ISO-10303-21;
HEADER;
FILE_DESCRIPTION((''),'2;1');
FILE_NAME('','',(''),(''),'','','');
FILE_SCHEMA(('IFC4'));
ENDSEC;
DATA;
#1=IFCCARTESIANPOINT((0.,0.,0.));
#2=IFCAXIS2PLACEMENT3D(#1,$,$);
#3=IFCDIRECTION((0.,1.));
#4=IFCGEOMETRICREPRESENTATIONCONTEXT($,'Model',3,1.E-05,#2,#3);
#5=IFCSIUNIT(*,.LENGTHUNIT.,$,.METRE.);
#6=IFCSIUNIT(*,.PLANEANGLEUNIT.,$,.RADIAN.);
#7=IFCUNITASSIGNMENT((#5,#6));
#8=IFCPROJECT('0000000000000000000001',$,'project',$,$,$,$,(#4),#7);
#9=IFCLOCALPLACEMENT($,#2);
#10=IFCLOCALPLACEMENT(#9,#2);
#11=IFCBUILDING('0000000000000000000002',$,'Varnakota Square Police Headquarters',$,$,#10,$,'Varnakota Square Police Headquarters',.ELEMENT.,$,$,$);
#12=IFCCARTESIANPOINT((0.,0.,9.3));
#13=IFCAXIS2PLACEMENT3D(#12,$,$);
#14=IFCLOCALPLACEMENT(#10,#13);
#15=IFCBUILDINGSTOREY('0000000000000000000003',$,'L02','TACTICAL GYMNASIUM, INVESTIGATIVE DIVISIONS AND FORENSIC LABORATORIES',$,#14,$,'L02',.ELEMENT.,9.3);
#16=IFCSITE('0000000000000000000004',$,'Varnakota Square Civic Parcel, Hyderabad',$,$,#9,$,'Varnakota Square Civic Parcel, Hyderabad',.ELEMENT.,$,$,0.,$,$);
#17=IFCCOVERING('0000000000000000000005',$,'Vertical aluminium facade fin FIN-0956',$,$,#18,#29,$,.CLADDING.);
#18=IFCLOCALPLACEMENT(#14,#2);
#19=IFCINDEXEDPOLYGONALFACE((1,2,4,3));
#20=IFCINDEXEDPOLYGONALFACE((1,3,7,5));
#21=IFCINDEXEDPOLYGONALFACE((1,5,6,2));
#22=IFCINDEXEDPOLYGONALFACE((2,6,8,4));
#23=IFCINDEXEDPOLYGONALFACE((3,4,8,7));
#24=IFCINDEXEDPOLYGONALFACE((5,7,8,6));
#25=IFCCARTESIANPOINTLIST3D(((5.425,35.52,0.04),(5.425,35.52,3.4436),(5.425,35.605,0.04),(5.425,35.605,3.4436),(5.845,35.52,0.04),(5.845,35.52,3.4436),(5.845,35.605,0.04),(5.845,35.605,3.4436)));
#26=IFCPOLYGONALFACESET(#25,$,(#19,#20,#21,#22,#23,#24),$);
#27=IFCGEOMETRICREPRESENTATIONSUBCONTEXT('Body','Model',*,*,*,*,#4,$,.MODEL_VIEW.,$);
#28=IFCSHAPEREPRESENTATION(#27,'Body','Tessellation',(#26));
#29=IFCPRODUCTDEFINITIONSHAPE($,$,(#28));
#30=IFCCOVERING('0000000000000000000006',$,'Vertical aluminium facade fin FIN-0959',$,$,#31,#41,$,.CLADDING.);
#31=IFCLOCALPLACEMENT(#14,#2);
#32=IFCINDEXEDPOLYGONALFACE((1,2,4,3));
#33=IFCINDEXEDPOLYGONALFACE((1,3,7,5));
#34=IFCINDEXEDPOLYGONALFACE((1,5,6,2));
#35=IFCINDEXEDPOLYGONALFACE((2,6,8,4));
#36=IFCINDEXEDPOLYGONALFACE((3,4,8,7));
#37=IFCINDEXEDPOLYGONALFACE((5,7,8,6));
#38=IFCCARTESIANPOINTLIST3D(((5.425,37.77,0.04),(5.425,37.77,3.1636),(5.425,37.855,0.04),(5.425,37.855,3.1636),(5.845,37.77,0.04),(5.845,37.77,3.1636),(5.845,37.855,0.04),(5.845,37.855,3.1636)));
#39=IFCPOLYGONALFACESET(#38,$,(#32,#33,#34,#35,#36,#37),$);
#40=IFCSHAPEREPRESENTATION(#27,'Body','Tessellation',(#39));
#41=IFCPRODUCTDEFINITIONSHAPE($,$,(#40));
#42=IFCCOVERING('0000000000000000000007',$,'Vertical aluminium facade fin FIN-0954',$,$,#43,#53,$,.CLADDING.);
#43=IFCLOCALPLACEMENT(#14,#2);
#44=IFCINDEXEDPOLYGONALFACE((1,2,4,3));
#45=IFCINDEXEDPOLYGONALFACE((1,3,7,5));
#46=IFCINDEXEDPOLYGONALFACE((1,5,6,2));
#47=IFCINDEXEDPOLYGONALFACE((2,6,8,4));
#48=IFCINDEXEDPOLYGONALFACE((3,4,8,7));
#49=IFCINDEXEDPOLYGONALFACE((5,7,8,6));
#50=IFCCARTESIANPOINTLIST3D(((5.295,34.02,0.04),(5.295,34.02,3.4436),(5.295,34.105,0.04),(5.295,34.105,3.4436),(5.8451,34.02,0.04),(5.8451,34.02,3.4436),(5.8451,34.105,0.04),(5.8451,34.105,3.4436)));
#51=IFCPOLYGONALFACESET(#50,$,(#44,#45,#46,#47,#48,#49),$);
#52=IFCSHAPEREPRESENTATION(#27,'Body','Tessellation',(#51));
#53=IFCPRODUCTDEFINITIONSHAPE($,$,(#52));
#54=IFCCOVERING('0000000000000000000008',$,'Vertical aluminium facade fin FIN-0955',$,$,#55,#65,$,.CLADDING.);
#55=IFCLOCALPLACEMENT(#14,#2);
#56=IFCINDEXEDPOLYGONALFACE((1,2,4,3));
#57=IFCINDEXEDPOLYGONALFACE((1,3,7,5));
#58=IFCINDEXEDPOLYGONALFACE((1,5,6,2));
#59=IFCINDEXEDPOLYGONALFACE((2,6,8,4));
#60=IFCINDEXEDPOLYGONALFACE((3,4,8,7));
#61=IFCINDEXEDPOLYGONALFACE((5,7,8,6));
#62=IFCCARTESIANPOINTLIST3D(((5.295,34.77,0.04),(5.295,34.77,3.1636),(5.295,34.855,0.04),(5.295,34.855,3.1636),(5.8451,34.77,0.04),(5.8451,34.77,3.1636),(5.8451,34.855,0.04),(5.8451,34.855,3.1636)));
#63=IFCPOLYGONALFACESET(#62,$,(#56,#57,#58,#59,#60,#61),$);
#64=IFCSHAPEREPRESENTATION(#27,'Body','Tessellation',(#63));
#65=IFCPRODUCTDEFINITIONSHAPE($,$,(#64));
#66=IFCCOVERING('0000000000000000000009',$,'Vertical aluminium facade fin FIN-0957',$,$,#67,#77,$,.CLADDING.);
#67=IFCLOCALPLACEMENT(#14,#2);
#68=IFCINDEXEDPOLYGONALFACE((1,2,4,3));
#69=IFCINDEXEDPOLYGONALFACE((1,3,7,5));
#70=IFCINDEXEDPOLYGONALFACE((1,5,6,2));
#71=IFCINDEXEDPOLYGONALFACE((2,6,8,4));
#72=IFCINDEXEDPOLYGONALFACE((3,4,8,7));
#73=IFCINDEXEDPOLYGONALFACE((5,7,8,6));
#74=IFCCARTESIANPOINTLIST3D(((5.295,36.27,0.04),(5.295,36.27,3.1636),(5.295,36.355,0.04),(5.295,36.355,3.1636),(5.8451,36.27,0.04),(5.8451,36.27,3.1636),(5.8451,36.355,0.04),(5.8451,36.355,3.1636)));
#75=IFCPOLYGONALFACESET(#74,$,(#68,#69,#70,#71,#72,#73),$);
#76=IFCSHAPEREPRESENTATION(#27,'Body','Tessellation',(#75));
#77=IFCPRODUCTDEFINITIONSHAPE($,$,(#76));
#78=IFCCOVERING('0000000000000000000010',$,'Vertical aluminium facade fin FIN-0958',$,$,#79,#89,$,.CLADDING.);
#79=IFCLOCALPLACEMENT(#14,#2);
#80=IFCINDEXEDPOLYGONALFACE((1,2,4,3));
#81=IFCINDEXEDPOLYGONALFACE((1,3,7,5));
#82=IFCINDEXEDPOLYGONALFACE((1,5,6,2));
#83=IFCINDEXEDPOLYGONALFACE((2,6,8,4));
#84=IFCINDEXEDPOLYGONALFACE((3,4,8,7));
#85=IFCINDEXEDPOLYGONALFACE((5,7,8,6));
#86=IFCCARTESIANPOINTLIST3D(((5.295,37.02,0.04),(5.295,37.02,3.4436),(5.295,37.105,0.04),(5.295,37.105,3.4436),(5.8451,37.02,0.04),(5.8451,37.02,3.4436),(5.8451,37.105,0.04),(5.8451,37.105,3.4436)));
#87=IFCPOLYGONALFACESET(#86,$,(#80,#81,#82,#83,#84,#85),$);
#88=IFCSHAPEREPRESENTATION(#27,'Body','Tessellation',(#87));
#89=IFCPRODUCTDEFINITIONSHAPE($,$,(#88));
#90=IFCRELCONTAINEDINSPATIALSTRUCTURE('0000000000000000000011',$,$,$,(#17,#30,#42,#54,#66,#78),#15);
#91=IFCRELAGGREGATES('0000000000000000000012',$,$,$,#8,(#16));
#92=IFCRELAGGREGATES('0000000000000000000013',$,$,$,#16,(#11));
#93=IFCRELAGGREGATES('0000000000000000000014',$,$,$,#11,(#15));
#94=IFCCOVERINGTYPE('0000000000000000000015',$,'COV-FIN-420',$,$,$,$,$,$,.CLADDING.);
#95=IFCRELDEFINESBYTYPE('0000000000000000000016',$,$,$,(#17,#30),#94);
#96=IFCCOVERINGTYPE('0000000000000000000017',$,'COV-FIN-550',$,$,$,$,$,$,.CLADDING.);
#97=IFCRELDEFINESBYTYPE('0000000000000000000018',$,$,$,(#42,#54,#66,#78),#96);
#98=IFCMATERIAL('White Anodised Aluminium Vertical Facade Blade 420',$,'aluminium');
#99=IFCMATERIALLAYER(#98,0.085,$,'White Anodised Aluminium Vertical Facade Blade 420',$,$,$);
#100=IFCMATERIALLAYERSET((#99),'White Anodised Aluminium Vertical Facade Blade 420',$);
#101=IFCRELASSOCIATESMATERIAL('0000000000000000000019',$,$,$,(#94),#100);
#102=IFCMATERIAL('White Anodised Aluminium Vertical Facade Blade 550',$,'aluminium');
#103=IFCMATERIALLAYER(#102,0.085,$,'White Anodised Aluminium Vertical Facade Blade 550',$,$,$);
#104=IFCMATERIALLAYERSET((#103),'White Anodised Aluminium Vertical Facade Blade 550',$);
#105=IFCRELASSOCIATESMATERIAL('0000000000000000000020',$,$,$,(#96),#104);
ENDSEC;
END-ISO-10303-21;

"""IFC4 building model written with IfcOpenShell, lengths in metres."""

from ifc_helpers import new_model, si_unit, direction, frame, origin, origin_2d, place, context, subcontext, project, spatial, rectangle, extrude, material, layer, layer_set, type_object, element, save


model = new_model("IFC4")

# Units and contexts
model_context = context("Model", 3, precision=1e-05, world=origin(), true_north=direction((0.0, 1.0)))
body_context = subcontext(model_context, "Body", "Model", "MODEL_VIEW")
ifc_project = project(units=[si_unit("LENGTHUNIT", "METRE"), si_unit("PLANEANGLEUNIT", "RADIAN")], contexts=[model_context])

# Site, building, storey
site_placement = place(None, origin())
site = spatial("IfcSite", under=ifc_project, at=site_placement, Name="Varnakota Square Civic Parcel, Hyderabad", LongName="Varnakota Square Civic Parcel, Hyderabad", CompositionType="ELEMENT", RefElevation=0.0)
building_placement = place(site_placement, origin())
building = spatial("IfcBuilding", under=site, at=building_placement, Name="Varnakota Square Police Headquarters", LongName="Varnakota Square Police Headquarters", CompositionType="ELEMENT")
storey_placement = place(building_placement, frame((0.0, 0.0, 9.3)))
storey = spatial("IfcBuildingStorey", under=building, at=storey_placement, Name="L02", Description="TACTICAL GYMNASIUM, INVESTIGATIVE DIVISIONS AND FORENSIC LABORATORIES", LongName="L02", CompositionType="ELEMENT", Elevation=9.3)

# Coverings
ifc_material_1 = material(Name="White Anodised Aluminium Vertical Facade Blade 420", Category="aluminium")
ifc_layer_1 = layer(ifc_material_1, 0.085, Name="White Anodised Aluminium Vertical Facade Blade 420")
ifc_layer_set_1 = layer_set([ifc_layer_1], Name="White Anodised Aluminium Vertical Facade Blade 420")
covering_type_1 = type_object("IfcCoveringType", Name="COV-FIN-420", PredefinedType="CLADDING", material=ifc_layer_set_1)
covering_1_placement = place(storey_placement, frame((5.635, 35.5625, 0.04), z_axis=(0.0, 0.0, 1.0), x_axis=(0.0, 1.0, 0.0)))
element("IfcCovering", 1, at=covering_1_placement, inside=storey, type_object=covering_type_1, Name="Vertical aluminium facade fin FIN-0956", PredefinedType="CLADDING", context=body_context, shape_type="SweptSolid", body=[
    extrude(rectangle(XDim=0.085, YDim=0.4199, at=origin_2d()), origin(), (0.0, 0.0, 1.0), 3.4036),
])
covering_2_placement = place(storey_placement, frame((5.635, 37.8125, 0.04), z_axis=(0.0, 0.0, 1.0), x_axis=(0.0, 1.0, 0.0)))
element("IfcCovering", 2, at=covering_2_placement, inside=storey, type_object=covering_type_1, Name="Vertical aluminium facade fin FIN-0959", PredefinedType="CLADDING", context=body_context, shape_type="SweptSolid", body=[
    extrude(rectangle(XDim=0.085, YDim=0.4199, at=origin_2d()), origin(), (0.0, 0.0, 1.0), 3.1235),
])
ifc_material_2 = material(Name="White Anodised Aluminium Vertical Facade Blade 550", Category="aluminium")
ifc_layer_2 = layer(ifc_material_2, 0.085, Name="White Anodised Aluminium Vertical Facade Blade 550")
ifc_layer_set_2 = layer_set([ifc_layer_2], Name="White Anodised Aluminium Vertical Facade Blade 550")
covering_type_2 = type_object("IfcCoveringType", Name="COV-FIN-550", PredefinedType="CLADDING", material=ifc_layer_set_2)
covering_3_placement = place(storey_placement, frame((5.5701, 34.0625, 0.04), z_axis=(0.0, 0.0, 1.0), x_axis=(0.0, 1.0, 0.0)))
element("IfcCovering", 3, at=covering_3_placement, inside=storey, type_object=covering_type_2, Name="Vertical aluminium facade fin FIN-0954", PredefinedType="CLADDING", context=body_context, shape_type="SweptSolid", body=[
    extrude(rectangle(XDim=0.085, YDim=0.55, at=origin_2d()), origin(), (0.0, 0.0, 1.0), 3.4036),
])
for number, where, z_axis, x_axis, name in (
    (4, (5.5701, 34.8125, 0.04), (0.0, 0.0, 1.0), (0.0, 1.0, 0.0), "Vertical aluminium facade fin FIN-0955"),
    (5, (5.5701, 36.3125, 0.04), (0.0, 0.0, 1.0), (0.0, 1.0, 0.0), "Vertical aluminium facade fin FIN-0957"),
):
    element("IfcCovering", number, at=place(storey_placement, frame(where, z_axis=z_axis, x_axis=x_axis)), inside=storey, type_object=covering_type_2, Name=name, PredefinedType="CLADDING", context=body_context, shape_type="SweptSolid", body=[
        extrude(rectangle(XDim=0.085, YDim=0.55, at=origin_2d()), origin(), (0.0, 0.0, 1.0), 3.1235),
    ])
covering_4_placement = place(storey_placement, frame((5.5701, 37.0625, 0.04), z_axis=(0.0, 0.0, 1.0), x_axis=(0.0, 1.0, 0.0)))
element("IfcCovering", 6, at=covering_4_placement, inside=storey, type_object=covering_type_2, Name="Vertical aluminium facade fin FIN-0958", PredefinedType="CLADDING", context=body_context, shape_type="SweptSolid", body=[
    extrude(rectangle(XDim=0.085, YDim=0.55, at=origin_2d()), origin(), (0.0, 0.0, 1.0), 3.4036),
])

save(model, "model.ifc")
